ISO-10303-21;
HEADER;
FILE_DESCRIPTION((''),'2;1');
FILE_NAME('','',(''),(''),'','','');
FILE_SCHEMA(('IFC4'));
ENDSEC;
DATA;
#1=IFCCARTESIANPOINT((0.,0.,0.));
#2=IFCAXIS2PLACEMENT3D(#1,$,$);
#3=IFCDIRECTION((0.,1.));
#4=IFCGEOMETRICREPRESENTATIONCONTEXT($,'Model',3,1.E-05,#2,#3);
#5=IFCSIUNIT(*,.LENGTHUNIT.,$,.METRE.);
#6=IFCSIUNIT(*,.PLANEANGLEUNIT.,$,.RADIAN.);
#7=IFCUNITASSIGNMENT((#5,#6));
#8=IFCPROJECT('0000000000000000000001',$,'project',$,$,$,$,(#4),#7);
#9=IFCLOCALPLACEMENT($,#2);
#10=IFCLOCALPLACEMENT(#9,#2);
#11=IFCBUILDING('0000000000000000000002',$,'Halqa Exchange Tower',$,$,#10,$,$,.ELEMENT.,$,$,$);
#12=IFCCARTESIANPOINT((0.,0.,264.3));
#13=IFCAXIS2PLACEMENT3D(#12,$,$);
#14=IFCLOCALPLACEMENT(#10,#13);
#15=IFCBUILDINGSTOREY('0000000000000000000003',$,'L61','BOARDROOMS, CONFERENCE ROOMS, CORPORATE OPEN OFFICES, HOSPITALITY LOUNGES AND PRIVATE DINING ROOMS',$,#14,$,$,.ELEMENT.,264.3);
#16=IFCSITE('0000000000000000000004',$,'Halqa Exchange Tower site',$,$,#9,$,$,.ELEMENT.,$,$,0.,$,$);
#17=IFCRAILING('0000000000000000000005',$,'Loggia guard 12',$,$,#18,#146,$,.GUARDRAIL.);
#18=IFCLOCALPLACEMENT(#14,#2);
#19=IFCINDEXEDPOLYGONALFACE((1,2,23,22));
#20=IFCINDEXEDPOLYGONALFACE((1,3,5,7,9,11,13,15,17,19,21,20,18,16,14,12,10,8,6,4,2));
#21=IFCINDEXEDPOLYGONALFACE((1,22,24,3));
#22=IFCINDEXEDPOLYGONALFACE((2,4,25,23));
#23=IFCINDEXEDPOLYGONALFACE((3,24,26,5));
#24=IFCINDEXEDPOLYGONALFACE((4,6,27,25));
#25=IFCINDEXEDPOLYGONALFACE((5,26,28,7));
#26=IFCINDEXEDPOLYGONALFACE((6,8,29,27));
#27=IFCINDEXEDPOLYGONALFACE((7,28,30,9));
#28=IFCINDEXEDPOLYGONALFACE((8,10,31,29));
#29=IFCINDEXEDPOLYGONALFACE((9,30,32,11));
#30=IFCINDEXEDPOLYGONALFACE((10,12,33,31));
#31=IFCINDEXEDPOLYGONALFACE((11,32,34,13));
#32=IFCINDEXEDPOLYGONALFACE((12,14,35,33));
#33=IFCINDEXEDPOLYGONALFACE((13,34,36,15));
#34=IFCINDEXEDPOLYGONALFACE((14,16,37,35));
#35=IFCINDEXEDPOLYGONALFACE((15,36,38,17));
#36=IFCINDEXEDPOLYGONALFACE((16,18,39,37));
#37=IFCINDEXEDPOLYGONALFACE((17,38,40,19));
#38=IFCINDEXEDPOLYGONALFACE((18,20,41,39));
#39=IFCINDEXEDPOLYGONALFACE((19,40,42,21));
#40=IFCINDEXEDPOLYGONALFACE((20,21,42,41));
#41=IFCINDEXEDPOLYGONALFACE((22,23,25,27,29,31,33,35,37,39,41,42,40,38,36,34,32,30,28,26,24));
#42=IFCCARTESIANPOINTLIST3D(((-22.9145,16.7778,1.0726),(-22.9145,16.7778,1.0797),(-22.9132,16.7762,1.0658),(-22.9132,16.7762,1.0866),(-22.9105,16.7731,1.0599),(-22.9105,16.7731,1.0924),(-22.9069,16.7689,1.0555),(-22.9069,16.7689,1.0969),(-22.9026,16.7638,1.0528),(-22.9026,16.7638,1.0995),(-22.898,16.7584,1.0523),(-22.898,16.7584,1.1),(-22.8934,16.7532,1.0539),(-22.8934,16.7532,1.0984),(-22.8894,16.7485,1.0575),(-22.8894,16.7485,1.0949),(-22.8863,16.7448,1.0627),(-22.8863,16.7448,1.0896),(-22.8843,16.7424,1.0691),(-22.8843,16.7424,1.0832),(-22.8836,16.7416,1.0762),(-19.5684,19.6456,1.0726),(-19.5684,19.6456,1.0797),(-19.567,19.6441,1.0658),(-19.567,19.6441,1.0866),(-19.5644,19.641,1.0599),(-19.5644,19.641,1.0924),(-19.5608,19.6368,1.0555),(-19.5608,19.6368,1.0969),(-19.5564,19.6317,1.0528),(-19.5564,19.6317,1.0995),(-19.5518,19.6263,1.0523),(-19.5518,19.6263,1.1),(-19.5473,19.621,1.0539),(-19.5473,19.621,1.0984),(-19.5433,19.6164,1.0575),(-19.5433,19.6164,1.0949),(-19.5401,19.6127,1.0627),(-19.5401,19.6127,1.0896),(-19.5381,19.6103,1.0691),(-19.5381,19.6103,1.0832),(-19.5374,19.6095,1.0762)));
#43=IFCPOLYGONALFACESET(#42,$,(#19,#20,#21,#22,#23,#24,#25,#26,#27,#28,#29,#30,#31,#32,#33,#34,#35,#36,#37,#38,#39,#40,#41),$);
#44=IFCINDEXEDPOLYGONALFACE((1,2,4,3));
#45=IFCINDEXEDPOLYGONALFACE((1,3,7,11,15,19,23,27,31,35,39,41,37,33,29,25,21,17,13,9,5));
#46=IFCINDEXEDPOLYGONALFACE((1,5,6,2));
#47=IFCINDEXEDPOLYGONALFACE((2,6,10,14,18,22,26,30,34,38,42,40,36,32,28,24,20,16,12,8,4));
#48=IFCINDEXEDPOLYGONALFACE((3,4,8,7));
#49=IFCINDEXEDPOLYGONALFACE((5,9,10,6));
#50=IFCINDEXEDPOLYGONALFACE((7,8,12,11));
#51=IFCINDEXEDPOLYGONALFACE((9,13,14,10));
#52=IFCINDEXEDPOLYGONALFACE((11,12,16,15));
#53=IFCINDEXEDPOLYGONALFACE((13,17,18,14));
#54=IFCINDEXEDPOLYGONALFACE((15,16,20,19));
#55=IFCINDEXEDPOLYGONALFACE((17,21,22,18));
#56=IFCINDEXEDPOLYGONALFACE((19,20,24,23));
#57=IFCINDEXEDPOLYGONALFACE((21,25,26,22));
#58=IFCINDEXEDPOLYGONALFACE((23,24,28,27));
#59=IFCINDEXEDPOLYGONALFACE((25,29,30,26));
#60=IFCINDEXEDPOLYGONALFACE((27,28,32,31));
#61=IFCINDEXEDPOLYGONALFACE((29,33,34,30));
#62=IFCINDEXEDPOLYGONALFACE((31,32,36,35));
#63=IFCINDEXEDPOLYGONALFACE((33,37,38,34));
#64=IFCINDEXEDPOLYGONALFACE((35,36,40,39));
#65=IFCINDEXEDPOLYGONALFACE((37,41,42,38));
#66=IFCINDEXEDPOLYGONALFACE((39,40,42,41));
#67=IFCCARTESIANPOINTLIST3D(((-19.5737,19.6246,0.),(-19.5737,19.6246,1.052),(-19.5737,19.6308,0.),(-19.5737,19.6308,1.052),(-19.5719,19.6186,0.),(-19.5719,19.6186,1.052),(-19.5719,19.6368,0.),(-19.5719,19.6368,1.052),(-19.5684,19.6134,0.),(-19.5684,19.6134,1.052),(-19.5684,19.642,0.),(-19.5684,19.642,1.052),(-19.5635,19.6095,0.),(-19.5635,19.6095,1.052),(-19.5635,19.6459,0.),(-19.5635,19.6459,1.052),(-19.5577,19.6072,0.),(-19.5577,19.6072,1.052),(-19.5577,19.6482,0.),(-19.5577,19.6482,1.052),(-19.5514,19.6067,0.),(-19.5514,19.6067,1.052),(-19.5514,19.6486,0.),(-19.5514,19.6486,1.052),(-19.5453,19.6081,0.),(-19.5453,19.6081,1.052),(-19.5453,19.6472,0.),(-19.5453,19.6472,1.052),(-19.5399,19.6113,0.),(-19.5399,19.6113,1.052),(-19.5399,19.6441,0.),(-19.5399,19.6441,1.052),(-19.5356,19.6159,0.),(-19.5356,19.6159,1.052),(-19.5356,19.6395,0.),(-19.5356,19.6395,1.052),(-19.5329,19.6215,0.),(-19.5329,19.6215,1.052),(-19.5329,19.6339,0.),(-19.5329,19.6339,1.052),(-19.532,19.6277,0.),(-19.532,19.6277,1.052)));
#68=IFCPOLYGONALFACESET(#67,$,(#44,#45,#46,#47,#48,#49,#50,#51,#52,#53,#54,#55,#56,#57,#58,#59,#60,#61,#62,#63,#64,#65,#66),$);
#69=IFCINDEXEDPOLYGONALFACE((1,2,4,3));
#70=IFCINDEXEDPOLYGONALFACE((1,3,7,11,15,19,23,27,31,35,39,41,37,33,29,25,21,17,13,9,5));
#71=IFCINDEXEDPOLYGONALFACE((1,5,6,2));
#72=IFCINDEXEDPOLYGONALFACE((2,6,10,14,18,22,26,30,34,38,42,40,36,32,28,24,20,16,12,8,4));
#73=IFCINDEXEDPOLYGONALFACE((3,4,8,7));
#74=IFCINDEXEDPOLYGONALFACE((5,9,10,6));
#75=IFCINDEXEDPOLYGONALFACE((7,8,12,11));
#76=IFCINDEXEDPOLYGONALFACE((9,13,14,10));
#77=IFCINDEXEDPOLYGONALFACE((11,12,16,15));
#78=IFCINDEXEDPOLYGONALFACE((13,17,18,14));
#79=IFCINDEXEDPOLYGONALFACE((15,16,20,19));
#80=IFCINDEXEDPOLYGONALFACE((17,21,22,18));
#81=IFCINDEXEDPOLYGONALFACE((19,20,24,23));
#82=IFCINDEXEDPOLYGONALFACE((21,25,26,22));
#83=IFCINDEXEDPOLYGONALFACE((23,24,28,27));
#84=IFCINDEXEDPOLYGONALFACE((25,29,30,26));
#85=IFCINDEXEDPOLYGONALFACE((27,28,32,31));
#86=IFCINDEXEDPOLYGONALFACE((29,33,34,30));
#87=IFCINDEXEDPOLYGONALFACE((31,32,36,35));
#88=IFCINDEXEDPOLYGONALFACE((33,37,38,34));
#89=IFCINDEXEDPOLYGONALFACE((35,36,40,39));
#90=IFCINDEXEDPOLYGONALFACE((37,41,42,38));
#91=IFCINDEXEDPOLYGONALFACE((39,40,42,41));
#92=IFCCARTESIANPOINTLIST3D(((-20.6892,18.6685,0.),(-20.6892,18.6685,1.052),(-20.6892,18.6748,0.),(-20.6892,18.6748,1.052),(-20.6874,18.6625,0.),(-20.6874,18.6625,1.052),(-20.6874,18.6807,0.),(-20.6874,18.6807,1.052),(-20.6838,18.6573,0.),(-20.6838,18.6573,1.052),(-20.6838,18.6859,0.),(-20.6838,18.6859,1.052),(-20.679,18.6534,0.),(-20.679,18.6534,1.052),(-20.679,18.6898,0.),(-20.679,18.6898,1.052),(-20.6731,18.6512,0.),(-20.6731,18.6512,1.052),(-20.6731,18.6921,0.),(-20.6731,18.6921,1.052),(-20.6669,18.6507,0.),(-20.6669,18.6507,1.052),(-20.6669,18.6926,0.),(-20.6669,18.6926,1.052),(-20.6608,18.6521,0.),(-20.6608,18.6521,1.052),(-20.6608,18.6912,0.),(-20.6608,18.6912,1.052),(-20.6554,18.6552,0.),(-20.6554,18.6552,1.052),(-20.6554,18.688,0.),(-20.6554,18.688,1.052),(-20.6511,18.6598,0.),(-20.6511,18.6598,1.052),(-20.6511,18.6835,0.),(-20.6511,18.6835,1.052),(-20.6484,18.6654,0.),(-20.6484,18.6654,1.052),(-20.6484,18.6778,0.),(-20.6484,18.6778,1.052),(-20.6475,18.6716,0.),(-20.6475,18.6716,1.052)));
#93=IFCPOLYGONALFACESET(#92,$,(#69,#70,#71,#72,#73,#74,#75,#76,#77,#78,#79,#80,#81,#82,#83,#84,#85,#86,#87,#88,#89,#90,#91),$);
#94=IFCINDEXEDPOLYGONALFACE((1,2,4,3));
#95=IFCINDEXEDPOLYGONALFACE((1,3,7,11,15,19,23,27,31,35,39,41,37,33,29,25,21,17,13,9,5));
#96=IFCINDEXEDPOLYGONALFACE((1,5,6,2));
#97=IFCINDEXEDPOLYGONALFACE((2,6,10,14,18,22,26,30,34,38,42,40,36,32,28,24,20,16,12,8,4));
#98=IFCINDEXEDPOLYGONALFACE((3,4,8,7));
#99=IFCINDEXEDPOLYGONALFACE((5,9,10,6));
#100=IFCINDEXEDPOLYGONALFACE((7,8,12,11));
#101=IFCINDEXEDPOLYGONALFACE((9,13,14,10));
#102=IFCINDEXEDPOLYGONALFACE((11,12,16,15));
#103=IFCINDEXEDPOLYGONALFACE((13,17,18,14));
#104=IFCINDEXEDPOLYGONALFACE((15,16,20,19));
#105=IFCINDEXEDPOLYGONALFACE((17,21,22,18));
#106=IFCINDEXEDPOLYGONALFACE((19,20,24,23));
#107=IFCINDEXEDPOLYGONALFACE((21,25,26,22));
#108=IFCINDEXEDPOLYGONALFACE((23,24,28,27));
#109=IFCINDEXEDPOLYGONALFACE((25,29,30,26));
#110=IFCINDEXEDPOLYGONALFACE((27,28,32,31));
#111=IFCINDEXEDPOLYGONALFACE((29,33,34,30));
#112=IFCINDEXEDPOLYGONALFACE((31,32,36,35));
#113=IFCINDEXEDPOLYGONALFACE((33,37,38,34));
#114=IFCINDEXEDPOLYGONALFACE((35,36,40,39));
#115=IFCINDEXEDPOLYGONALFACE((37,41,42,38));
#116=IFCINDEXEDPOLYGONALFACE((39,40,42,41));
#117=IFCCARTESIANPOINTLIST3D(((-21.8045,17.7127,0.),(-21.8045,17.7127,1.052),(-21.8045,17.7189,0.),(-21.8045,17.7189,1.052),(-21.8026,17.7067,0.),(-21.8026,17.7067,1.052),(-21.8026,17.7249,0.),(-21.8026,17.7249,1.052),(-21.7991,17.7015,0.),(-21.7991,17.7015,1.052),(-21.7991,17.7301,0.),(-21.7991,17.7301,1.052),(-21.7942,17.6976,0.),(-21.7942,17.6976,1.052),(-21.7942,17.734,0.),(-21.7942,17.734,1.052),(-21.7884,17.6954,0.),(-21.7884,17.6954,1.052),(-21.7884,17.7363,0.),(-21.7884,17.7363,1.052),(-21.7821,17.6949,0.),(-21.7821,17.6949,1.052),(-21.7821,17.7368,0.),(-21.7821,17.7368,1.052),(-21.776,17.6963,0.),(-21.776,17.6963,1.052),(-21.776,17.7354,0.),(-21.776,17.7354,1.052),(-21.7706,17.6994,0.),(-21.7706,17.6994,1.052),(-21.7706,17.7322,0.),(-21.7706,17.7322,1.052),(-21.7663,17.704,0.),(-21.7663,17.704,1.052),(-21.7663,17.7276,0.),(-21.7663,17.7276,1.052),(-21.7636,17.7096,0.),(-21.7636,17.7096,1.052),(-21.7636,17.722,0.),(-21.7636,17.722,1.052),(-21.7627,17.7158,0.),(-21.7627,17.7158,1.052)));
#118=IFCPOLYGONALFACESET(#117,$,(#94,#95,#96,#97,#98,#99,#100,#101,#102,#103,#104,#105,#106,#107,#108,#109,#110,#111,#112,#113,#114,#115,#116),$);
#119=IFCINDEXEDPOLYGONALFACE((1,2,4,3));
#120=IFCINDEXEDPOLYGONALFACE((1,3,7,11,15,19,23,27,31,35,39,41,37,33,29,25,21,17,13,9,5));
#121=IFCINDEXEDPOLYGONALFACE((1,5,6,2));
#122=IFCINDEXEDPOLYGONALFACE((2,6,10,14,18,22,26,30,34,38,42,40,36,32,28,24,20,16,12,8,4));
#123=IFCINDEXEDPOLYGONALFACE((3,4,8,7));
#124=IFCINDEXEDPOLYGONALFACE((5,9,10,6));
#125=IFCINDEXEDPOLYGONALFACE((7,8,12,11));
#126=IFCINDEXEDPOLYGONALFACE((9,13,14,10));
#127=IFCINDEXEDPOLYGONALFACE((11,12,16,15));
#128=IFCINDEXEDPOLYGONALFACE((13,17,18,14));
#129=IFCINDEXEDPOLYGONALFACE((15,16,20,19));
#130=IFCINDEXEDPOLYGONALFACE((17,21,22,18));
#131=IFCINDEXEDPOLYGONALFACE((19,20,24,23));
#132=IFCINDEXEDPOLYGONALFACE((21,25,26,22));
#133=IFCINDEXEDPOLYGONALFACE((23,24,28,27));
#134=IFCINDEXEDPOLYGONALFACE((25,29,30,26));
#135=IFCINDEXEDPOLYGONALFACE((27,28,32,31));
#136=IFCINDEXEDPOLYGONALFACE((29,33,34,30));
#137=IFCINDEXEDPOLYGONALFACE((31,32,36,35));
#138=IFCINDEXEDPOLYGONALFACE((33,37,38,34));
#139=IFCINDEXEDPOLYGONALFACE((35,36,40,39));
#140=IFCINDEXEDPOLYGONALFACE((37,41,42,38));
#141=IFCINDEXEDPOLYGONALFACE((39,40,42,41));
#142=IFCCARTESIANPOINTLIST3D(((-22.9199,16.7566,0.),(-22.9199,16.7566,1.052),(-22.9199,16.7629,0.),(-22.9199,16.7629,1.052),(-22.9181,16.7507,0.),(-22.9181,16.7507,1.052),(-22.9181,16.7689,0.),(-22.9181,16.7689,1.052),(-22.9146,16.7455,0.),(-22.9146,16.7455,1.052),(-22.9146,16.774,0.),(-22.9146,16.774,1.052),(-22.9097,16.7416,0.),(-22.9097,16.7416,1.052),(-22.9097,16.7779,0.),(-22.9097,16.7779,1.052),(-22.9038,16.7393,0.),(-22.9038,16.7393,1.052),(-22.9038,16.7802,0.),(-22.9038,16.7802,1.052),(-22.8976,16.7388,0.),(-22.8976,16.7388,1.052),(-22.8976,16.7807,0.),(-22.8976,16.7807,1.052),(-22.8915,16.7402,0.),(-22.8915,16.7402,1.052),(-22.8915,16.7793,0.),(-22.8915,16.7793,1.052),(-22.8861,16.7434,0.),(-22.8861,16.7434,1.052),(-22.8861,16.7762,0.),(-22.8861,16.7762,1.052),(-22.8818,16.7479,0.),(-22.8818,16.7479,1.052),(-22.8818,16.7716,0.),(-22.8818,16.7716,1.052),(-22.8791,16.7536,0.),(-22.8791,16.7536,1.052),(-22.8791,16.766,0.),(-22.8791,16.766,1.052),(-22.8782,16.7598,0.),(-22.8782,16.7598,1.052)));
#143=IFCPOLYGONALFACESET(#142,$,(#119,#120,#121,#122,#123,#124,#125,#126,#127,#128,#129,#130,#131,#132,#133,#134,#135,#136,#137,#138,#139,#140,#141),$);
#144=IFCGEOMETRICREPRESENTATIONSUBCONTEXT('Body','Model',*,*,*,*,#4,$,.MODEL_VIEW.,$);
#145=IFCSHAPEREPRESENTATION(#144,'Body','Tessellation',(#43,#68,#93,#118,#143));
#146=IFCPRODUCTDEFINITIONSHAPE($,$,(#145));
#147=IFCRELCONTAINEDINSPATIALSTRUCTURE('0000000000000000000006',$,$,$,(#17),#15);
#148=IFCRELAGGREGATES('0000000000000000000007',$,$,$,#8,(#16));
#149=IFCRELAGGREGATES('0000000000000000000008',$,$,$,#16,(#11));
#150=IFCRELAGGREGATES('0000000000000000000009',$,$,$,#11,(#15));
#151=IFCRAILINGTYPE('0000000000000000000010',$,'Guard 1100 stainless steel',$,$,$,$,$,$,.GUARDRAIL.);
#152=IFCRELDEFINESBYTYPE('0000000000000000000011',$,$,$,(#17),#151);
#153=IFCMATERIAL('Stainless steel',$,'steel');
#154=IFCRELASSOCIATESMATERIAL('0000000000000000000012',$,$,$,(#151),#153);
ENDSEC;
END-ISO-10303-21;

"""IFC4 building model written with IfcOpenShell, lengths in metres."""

from ifc_helpers import new_model, si_unit, direction, frame, origin, origin_2d, place, context, subcontext, project, spatial, circle, extrude, material, type_object, element, save


model = new_model("IFC4")

# Units and contexts
model_context = context("Model", 3, precision=1e-05, world=origin(), true_north=direction((0.0, 1.0)))
body_context = subcontext(model_context, "Body", "Model", "MODEL_VIEW")
ifc_project = project(units=[si_unit("LENGTHUNIT", "METRE"), si_unit("PLANEANGLEUNIT", "RADIAN")], contexts=[model_context])

# Site, building, storey
site_placement = place(None, origin())
site = spatial("IfcSite", under=ifc_project, at=site_placement, Name="Halqa Exchange Tower site", CompositionType="ELEMENT", RefElevation=0.0)
building_placement = place(site_placement, origin())
building = spatial("IfcBuilding", under=site, at=building_placement, Name="Halqa Exchange Tower", CompositionType="ELEMENT")
storey_placement = place(building_placement, frame((0.0, 0.0, 264.3)))
storey = spatial("IfcBuildingStorey", under=building, at=storey_placement, Name="L61", Description="BOARDROOMS, CONFERENCE ROOMS, CORPORATE OPEN OFFICES, HOSPITALITY LOUNGES AND PRIVATE DINING ROOMS", CompositionType="ELEMENT", Elevation=264.3)

# Railing
ifc_material_1 = material(Name="Stainless steel", Category="steel")
railing_type = type_object("IfcRailingType", Name="Guard 1100 stainless steel", PredefinedType="GUARDRAIL", material=ifc_material_1)
railing_1_placement = place(storey_placement, frame((-19.553, 19.6277, 0.0)))
element("IfcRailing", 1, at=railing_1_placement, inside=storey, type_object=railing_type, Name="Loggia guard 12", PredefinedType="GUARDRAIL", context=body_context, shape_type="SweptSolid", body=[
    extrude(circle(Radius=0.0239, at=origin_2d()), frame((0.0, 0.0, 1.0762), z_axis=(-0.759284, -0.650759, 0.0), x_axis=(0.650759, -0.759284, 0.0)), (0.0, 0.0, 1.0), 4.407),
    extrude(circle(Radius=0.021, at=origin_2d()), origin(), (0.0, 0.0, 1.0), 1.052),
    extrude(circle(Radius=0.021, at=origin_2d()), frame((-1.1155, -0.9561, 0.0)), (0.0, 0.0, 1.0), 1.052),
    extrude(circle(Radius=0.021, at=origin_2d()), frame((-2.2307, -1.9119, 0.0)), (0.0, 0.0, 1.0), 1.052),
    extrude(circle(Radius=0.021, at=origin_2d()), frame((-3.3462, -2.8679, 0.0)), (0.0, 0.0, 1.0), 1.052),
])

save(model, "model.ifc")
